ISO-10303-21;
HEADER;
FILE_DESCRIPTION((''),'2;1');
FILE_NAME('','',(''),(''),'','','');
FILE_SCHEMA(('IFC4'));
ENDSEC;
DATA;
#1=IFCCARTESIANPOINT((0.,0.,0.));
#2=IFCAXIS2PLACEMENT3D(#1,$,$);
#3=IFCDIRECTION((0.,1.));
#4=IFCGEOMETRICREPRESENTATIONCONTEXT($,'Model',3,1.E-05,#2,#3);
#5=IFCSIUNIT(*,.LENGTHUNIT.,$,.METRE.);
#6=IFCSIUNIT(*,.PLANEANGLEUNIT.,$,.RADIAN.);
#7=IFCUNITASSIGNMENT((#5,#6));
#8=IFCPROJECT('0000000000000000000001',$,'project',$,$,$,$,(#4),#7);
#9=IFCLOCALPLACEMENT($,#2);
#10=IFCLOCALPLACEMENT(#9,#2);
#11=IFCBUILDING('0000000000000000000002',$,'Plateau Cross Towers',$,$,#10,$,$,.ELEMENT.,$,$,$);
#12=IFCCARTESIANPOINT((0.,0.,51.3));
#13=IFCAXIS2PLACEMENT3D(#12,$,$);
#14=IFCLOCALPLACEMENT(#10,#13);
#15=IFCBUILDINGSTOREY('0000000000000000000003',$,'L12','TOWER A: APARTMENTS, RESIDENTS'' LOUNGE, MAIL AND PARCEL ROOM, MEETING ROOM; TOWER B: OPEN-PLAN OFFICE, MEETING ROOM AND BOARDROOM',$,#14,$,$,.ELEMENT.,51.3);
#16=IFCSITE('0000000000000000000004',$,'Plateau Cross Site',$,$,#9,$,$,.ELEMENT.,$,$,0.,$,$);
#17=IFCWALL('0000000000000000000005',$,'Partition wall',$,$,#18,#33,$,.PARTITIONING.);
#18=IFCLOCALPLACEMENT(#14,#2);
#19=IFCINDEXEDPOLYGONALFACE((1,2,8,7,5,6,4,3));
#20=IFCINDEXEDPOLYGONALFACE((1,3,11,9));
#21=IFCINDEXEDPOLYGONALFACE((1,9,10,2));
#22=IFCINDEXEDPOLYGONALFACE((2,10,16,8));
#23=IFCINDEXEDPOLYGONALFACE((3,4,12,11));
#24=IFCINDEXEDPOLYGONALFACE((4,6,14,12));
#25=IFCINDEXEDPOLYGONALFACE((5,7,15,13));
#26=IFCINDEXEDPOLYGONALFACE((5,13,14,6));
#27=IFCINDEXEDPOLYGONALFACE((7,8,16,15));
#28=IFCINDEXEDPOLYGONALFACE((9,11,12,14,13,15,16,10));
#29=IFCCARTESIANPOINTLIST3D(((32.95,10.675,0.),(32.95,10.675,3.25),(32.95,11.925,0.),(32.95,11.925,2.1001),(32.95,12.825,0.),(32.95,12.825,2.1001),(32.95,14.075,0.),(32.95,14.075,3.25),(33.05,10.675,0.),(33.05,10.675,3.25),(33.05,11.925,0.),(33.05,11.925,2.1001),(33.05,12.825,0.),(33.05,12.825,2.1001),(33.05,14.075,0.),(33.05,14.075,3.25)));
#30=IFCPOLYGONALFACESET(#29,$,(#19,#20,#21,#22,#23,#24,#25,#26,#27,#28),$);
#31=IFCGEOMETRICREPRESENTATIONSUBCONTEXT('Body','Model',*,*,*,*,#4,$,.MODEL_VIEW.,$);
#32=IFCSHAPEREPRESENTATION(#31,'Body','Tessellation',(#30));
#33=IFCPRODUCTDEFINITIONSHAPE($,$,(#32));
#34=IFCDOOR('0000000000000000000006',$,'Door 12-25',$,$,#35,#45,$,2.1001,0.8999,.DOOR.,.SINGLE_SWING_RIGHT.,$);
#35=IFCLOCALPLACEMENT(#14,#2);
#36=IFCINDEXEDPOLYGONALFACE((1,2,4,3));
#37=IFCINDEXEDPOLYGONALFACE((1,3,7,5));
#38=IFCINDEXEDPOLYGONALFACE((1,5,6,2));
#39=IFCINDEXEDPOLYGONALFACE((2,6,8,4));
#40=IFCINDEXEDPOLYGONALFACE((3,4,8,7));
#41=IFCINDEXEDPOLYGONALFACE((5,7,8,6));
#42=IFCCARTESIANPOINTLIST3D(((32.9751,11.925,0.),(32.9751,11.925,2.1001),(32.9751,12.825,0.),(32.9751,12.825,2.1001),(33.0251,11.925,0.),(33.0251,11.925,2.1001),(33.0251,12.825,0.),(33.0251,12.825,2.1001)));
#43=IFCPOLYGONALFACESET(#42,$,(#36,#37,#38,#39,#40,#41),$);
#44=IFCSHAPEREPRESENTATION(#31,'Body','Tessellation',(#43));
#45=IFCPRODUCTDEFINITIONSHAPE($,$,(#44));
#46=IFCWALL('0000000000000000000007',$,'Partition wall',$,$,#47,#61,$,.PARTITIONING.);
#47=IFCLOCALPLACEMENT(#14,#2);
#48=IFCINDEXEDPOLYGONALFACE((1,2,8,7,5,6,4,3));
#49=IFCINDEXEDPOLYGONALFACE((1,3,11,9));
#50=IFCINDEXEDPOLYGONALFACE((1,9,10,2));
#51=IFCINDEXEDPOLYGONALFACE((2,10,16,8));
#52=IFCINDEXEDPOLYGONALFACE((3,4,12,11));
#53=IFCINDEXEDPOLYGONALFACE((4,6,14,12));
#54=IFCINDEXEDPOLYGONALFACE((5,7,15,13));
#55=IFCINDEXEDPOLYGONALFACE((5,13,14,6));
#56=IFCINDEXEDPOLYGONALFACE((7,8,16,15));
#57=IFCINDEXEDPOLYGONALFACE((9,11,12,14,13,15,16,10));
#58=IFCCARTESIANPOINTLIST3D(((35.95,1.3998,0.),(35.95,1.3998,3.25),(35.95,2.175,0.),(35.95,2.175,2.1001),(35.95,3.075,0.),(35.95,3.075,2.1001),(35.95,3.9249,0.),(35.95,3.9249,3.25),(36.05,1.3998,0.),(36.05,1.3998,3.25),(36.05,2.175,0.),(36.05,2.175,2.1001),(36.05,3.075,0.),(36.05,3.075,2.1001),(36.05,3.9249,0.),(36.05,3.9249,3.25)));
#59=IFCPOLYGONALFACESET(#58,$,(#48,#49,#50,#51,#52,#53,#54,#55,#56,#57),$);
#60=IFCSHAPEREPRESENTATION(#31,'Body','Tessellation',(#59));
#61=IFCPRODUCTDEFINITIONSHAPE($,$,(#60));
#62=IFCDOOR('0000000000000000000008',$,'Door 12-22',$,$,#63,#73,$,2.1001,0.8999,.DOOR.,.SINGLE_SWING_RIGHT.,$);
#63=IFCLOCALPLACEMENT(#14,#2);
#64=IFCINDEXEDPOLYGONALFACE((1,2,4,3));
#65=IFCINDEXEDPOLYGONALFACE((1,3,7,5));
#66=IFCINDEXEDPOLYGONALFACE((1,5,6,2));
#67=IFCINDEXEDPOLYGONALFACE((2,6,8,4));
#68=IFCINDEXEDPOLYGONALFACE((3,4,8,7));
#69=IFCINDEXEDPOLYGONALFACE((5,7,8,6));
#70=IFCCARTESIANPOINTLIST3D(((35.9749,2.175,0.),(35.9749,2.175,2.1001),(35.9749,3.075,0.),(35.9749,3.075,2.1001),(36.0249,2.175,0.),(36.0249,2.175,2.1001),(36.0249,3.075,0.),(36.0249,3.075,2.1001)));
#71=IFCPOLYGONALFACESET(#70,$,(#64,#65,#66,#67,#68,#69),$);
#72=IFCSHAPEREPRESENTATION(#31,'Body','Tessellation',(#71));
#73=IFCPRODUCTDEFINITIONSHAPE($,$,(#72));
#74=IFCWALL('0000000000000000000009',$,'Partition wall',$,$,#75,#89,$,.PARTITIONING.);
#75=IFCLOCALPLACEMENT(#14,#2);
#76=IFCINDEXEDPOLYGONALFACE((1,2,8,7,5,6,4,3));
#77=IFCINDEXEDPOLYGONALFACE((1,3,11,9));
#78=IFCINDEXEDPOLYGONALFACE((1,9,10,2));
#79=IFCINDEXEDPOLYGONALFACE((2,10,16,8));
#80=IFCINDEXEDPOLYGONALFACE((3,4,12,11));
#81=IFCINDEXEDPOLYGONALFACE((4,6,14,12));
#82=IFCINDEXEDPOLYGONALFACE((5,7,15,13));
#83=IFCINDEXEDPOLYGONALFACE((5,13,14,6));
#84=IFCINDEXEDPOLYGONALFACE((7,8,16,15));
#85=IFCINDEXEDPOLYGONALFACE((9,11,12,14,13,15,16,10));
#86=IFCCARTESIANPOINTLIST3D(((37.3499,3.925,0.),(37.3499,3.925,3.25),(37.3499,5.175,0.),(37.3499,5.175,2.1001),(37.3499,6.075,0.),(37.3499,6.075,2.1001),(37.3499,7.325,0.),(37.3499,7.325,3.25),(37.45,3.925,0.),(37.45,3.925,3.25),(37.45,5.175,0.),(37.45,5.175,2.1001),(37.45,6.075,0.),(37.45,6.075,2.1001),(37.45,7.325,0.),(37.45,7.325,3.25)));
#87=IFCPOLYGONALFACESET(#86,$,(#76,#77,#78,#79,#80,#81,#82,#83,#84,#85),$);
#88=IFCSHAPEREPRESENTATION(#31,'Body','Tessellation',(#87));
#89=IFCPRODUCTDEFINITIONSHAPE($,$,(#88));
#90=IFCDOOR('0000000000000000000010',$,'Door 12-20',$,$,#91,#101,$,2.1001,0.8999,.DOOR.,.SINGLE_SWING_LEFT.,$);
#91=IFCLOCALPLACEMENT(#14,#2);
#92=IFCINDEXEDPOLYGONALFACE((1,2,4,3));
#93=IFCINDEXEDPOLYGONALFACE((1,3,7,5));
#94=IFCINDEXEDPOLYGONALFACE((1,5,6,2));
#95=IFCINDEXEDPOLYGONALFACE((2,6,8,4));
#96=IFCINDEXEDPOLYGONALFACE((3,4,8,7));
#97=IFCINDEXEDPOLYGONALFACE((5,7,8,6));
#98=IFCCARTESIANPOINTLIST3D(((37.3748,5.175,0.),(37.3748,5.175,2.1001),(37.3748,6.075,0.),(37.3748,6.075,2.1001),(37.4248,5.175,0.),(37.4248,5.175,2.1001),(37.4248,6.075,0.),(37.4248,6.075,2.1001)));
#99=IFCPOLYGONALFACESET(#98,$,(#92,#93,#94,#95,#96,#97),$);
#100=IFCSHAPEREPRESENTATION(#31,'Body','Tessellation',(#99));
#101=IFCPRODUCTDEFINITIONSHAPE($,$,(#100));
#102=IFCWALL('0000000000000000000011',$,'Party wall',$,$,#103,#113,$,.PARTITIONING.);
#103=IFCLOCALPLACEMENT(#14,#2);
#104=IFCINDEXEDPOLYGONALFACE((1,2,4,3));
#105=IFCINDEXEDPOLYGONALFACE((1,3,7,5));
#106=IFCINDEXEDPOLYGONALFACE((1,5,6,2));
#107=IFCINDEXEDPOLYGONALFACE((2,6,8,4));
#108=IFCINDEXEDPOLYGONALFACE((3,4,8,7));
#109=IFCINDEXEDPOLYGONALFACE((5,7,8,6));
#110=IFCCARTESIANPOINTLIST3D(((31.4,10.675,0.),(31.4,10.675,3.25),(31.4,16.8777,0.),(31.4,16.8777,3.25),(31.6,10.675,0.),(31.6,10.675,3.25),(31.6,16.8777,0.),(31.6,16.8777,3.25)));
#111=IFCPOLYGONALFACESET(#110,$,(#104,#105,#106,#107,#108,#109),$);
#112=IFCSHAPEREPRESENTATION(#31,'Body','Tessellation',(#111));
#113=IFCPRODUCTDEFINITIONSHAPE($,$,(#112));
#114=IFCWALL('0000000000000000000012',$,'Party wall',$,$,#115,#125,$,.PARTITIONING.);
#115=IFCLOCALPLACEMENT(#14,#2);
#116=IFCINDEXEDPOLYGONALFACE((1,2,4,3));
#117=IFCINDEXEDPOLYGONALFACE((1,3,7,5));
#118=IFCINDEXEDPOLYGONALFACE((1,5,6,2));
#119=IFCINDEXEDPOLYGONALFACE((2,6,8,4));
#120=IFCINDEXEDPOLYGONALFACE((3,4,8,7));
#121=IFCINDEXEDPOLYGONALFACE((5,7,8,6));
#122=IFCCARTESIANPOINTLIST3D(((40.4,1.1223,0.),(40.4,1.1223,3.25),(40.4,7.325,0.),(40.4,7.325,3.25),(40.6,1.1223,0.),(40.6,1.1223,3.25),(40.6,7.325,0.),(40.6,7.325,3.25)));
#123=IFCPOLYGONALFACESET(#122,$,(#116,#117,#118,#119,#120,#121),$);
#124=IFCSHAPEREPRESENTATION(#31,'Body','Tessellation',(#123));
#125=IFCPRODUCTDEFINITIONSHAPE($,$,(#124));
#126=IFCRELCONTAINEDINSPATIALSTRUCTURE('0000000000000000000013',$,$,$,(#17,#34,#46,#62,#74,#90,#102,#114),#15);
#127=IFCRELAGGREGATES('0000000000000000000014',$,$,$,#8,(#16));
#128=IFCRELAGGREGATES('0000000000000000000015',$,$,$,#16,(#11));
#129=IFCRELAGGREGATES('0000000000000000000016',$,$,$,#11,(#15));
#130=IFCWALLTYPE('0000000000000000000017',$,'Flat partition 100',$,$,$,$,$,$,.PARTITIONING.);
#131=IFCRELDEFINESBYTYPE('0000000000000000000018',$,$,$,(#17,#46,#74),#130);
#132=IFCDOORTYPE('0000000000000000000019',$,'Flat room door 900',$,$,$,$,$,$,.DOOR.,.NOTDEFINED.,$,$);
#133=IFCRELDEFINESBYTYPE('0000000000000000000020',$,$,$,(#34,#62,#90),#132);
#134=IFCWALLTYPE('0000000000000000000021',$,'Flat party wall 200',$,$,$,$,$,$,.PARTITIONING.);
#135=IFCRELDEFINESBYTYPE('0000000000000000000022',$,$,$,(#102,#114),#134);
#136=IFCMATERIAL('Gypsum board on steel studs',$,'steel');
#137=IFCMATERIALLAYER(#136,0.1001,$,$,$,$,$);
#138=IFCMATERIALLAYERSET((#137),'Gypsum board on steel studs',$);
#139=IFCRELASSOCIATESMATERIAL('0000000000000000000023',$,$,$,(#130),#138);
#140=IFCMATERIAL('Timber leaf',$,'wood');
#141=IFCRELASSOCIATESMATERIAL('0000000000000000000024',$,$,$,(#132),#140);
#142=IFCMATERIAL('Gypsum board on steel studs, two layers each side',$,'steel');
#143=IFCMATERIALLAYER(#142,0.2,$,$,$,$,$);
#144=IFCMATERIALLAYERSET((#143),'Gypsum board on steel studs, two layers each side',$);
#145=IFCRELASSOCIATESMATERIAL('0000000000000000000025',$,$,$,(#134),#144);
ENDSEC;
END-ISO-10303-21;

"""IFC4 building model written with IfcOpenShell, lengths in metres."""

from ifc_helpers import new_model, si_unit, direction, frame, frame_2d, origin, place, context, subcontext, project, spatial, rectangle, extrude, material, layer, layer_set, type_object, element, fill, save


model = new_model("IFC4")

# Units and contexts
model_context = context("Model", 3, precision=1e-05, world=origin(), true_north=direction((0.0, 1.0)))
body_context = subcontext(model_context, "Body", "Model", "MODEL_VIEW")
ifc_project = project(units=[si_unit("LENGTHUNIT", "METRE"), si_unit("PLANEANGLEUNIT", "RADIAN")], contexts=[model_context])

# Site, building, storey
site_placement = place(None, origin())
site = spatial("IfcSite", under=ifc_project, at=site_placement, Name="Plateau Cross Site", CompositionType="ELEMENT", RefElevation=0.0)
building_placement = place(site_placement, origin())
building = spatial("IfcBuilding", under=site, at=building_placement, Name="Plateau Cross Towers", CompositionType="ELEMENT")
storey_placement = place(building_placement, frame((0.0, 0.0, 51.3)))
storey = spatial("IfcBuildingStorey", under=building, at=storey_placement, Name="L12", Description="TOWER A: APARTMENTS, RESIDENTS' LOUNGE, MAIL AND PARCEL ROOM, MEETING ROOM; TOWER B: OPEN-PLAN OFFICE, MEETING ROOM AND BOARDROOM", CompositionType="ELEMENT", Elevation=51.3)

# Shared definitions
ifc_material_1 = material(Name="Gypsum board on steel studs", Category="steel")
ifc_layer_1 = layer(ifc_material_1, 0.1001)
ifc_layer_set_1 = layer_set([ifc_layer_1], Name="Gypsum board on steel studs")
wall_type_1 = type_object("IfcWallType", Name="Flat partition 100", PredefinedType="PARTITIONING", material=ifc_layer_set_1)
ifc_material_2 = material(Name="Timber leaf", Category="wood")
door_type = type_object("IfcDoorType", Name="Flat room door 900", OperationType="NOTDEFINED", PredefinedType="DOOR", material=ifc_material_2)

# Walls, openings, doors
wall_1_placement = place(storey_placement, frame((33.0, 10.675, 0.0), z_axis=(0.0, 0.0, 1.0), x_axis=(0.0, 1.0, 0.0)))
wall_1 = element("IfcWall", 1, at=wall_1_placement, inside=storey, type_object=wall_type_1, Name="Partition wall", PredefinedType="PARTITIONING", context=body_context, shape_type="SweptSolid", body=[
    extrude(rectangle(XDim=3.3999, YDim=0.1001, at=frame_2d((1.7, 0.0))), origin(), (0.0, 0.0, 1.0), 3.25),
])
opening_1_placement = place(wall_1_placement, frame((1.25, 0.0, 0.0)))
opening_1 = element("IfcOpeningElement", 2, at=opening_1_placement, cuts=wall_1, PredefinedType="OPENING", context=body_context, shape_type="SweptSolid", body=[
    extrude(rectangle(XDim=0.8999, YDim=2.1001, at=frame_2d((0.45, 1.05))), frame((0.0, 0.0601, 0.0), z_axis=(0.0, -1.0, 0.0), x_axis=(1.0, 0.0, 0.0)), (0.0, 0.0, 1.0), 0.1201),
])
door_1_placement = place(opening_1_placement, origin())
door_1 = element("IfcDoor", 3, at=door_1_placement, inside=storey, type_object=door_type, Name="Door 12-25", OperationType="SINGLE_SWING_RIGHT", OverallHeight=2.1001, OverallWidth=0.8999, PredefinedType="DOOR", context=body_context, shape_type="SweptSolid", body=[
    extrude(rectangle(XDim=0.8999, YDim=2.1001, at=frame_2d((0.45, 1.05))), frame((0.0, 0.0249, 0.0), z_axis=(0.0, -1.0, 0.0), x_axis=(1.0, 0.0, 0.0)), (0.0, 0.0, 1.0), 0.05),
])
fill(opening_1, door_1)
wall_2_placement = place(storey_placement, frame((36.0, 3.925, 0.0), z_axis=(0.0, 0.0, 1.0), x_axis=(0.0, -1.0, 0.0)))
wall_2 = element("IfcWall", 4, at=wall_2_placement, inside=storey, type_object=wall_type_1, Name="Partition wall", PredefinedType="PARTITIONING", context=body_context, shape_type="SweptSolid", body=[
    extrude(rectangle(XDim=2.5251, YDim=0.1001, at=frame_2d((1.2627, 0.0))), origin(), (0.0, 0.0, 1.0), 3.25),
])
opening_2_placement = place(wall_2_placement, frame((0.8501, 0.0, 0.0)))
opening_2 = element("IfcOpeningElement", 5, at=opening_2_placement, cuts=wall_2, PredefinedType="OPENING", context=body_context, shape_type="SweptSolid", body=[
    extrude(rectangle(XDim=0.8999, YDim=2.1001, at=frame_2d((0.45, 1.05))), frame((0.0, 0.0601, 0.0), z_axis=(0.0, -1.0, 0.0), x_axis=(1.0, 0.0, 0.0)), (0.0, 0.0, 1.0), 0.1201),
])
door_2_placement = place(opening_2_placement, origin())
door_2 = element("IfcDoor", 6, at=door_2_placement, inside=storey, type_object=door_type, Name="Door 12-22", OperationType="SINGLE_SWING_RIGHT", OverallHeight=2.1001, OverallWidth=0.8999, PredefinedType="DOOR", context=body_context, shape_type="SweptSolid", body=[
    extrude(rectangle(XDim=0.8999, YDim=2.1001, at=frame_2d((0.45, 1.05))), frame((0.0, 0.0249, 0.0), z_axis=(0.0, -1.0, 0.0), x_axis=(1.0, 0.0, 0.0)), (0.0, 0.0, 1.0), 0.05),
])
fill(opening_2, door_2)
wall_3_placement = place(storey_placement, frame((37.3999, 7.325, 0.0), z_axis=(0.0, 0.0, 1.0), x_axis=(0.0, -1.0, 0.0)))
wall_3 = element("IfcWall", 7, at=wall_3_placement, inside=storey, type_object=wall_type_1, Name="Partition wall", PredefinedType="PARTITIONING", context=body_context, shape_type="SweptSolid", body=[
    extrude(rectangle(XDim=3.3999, YDim=0.1001, at=frame_2d((1.7, 0.0))), origin(), (0.0, 0.0, 1.0), 3.25),
])
opening_3_placement = place(wall_3_placement, frame((1.25, 0.0, 0.0)))
opening_3 = element("IfcOpeningElement", 8, at=opening_3_placement, cuts=wall_3, PredefinedType="OPENING", context=body_context, shape_type="SweptSolid", body=[
    extrude(rectangle(XDim=0.8999, YDim=2.1001, at=frame_2d((0.45, 1.05))), frame((0.0, 0.0601, 0.0), z_axis=(0.0, -1.0, 0.0), x_axis=(1.0, 0.0, 0.0)), (0.0, 0.0, 1.0), 0.1201),
])
door_3_placement = place(opening_3_placement, origin())
door_3 = element("IfcDoor", 9, at=door_3_placement, inside=storey, type_object=door_type, Name="Door 12-20", OperationType="SINGLE_SWING_LEFT", OverallHeight=2.1001, OverallWidth=0.8999, PredefinedType="DOOR", context=body_context, shape_type="SweptSolid", body=[
    extrude(rectangle(XDim=0.8999, YDim=2.1001, at=frame_2d((0.45, 1.05))), frame((0.0, 0.0249, 0.0), z_axis=(0.0, -1.0, 0.0), x_axis=(1.0, 0.0, 0.0)), (0.0, 0.0, 1.0), 0.05),
])
fill(opening_3, door_3)

# Walls
ifc_material_3 = material(Name="Gypsum board on steel studs, two layers each side", Category="steel")
ifc_layer_2 = layer(ifc_material_3, 0.2)
ifc_layer_set_2 = layer_set([ifc_layer_2], Name="Gypsum board on steel studs, two layers each side")
wall_type_2 = type_object("IfcWallType", Name="Flat party wall 200", PredefinedType="PARTITIONING", material=ifc_layer_set_2)
for number, where, z_axis, x_axis, name in (
    (10, (31.5, 10.675, 0.0), (0.0, 0.0, 1.0), (0.0, 1.0, 0.0), "Party wall"),
    (11, (40.5, 1.1223, 0.0), (0.0, 0.0, 1.0), (0.0, 1.0, 0.0), "Party wall"),
):
    element("IfcWall", number, at=place(storey_placement, frame(where, z_axis=z_axis, x_axis=x_axis)), inside=storey, type_object=wall_type_2, Name=name, PredefinedType="PARTITIONING", context=body_context, shape_type="SweptSolid", body=[
        extrude(rectangle(XDim=6.2026, YDim=0.2, at=frame_2d((3.1013, 0.0))), origin(), (0.0, 0.0, 1.0), 3.25),
    ])

save(model, "model.ifc")
